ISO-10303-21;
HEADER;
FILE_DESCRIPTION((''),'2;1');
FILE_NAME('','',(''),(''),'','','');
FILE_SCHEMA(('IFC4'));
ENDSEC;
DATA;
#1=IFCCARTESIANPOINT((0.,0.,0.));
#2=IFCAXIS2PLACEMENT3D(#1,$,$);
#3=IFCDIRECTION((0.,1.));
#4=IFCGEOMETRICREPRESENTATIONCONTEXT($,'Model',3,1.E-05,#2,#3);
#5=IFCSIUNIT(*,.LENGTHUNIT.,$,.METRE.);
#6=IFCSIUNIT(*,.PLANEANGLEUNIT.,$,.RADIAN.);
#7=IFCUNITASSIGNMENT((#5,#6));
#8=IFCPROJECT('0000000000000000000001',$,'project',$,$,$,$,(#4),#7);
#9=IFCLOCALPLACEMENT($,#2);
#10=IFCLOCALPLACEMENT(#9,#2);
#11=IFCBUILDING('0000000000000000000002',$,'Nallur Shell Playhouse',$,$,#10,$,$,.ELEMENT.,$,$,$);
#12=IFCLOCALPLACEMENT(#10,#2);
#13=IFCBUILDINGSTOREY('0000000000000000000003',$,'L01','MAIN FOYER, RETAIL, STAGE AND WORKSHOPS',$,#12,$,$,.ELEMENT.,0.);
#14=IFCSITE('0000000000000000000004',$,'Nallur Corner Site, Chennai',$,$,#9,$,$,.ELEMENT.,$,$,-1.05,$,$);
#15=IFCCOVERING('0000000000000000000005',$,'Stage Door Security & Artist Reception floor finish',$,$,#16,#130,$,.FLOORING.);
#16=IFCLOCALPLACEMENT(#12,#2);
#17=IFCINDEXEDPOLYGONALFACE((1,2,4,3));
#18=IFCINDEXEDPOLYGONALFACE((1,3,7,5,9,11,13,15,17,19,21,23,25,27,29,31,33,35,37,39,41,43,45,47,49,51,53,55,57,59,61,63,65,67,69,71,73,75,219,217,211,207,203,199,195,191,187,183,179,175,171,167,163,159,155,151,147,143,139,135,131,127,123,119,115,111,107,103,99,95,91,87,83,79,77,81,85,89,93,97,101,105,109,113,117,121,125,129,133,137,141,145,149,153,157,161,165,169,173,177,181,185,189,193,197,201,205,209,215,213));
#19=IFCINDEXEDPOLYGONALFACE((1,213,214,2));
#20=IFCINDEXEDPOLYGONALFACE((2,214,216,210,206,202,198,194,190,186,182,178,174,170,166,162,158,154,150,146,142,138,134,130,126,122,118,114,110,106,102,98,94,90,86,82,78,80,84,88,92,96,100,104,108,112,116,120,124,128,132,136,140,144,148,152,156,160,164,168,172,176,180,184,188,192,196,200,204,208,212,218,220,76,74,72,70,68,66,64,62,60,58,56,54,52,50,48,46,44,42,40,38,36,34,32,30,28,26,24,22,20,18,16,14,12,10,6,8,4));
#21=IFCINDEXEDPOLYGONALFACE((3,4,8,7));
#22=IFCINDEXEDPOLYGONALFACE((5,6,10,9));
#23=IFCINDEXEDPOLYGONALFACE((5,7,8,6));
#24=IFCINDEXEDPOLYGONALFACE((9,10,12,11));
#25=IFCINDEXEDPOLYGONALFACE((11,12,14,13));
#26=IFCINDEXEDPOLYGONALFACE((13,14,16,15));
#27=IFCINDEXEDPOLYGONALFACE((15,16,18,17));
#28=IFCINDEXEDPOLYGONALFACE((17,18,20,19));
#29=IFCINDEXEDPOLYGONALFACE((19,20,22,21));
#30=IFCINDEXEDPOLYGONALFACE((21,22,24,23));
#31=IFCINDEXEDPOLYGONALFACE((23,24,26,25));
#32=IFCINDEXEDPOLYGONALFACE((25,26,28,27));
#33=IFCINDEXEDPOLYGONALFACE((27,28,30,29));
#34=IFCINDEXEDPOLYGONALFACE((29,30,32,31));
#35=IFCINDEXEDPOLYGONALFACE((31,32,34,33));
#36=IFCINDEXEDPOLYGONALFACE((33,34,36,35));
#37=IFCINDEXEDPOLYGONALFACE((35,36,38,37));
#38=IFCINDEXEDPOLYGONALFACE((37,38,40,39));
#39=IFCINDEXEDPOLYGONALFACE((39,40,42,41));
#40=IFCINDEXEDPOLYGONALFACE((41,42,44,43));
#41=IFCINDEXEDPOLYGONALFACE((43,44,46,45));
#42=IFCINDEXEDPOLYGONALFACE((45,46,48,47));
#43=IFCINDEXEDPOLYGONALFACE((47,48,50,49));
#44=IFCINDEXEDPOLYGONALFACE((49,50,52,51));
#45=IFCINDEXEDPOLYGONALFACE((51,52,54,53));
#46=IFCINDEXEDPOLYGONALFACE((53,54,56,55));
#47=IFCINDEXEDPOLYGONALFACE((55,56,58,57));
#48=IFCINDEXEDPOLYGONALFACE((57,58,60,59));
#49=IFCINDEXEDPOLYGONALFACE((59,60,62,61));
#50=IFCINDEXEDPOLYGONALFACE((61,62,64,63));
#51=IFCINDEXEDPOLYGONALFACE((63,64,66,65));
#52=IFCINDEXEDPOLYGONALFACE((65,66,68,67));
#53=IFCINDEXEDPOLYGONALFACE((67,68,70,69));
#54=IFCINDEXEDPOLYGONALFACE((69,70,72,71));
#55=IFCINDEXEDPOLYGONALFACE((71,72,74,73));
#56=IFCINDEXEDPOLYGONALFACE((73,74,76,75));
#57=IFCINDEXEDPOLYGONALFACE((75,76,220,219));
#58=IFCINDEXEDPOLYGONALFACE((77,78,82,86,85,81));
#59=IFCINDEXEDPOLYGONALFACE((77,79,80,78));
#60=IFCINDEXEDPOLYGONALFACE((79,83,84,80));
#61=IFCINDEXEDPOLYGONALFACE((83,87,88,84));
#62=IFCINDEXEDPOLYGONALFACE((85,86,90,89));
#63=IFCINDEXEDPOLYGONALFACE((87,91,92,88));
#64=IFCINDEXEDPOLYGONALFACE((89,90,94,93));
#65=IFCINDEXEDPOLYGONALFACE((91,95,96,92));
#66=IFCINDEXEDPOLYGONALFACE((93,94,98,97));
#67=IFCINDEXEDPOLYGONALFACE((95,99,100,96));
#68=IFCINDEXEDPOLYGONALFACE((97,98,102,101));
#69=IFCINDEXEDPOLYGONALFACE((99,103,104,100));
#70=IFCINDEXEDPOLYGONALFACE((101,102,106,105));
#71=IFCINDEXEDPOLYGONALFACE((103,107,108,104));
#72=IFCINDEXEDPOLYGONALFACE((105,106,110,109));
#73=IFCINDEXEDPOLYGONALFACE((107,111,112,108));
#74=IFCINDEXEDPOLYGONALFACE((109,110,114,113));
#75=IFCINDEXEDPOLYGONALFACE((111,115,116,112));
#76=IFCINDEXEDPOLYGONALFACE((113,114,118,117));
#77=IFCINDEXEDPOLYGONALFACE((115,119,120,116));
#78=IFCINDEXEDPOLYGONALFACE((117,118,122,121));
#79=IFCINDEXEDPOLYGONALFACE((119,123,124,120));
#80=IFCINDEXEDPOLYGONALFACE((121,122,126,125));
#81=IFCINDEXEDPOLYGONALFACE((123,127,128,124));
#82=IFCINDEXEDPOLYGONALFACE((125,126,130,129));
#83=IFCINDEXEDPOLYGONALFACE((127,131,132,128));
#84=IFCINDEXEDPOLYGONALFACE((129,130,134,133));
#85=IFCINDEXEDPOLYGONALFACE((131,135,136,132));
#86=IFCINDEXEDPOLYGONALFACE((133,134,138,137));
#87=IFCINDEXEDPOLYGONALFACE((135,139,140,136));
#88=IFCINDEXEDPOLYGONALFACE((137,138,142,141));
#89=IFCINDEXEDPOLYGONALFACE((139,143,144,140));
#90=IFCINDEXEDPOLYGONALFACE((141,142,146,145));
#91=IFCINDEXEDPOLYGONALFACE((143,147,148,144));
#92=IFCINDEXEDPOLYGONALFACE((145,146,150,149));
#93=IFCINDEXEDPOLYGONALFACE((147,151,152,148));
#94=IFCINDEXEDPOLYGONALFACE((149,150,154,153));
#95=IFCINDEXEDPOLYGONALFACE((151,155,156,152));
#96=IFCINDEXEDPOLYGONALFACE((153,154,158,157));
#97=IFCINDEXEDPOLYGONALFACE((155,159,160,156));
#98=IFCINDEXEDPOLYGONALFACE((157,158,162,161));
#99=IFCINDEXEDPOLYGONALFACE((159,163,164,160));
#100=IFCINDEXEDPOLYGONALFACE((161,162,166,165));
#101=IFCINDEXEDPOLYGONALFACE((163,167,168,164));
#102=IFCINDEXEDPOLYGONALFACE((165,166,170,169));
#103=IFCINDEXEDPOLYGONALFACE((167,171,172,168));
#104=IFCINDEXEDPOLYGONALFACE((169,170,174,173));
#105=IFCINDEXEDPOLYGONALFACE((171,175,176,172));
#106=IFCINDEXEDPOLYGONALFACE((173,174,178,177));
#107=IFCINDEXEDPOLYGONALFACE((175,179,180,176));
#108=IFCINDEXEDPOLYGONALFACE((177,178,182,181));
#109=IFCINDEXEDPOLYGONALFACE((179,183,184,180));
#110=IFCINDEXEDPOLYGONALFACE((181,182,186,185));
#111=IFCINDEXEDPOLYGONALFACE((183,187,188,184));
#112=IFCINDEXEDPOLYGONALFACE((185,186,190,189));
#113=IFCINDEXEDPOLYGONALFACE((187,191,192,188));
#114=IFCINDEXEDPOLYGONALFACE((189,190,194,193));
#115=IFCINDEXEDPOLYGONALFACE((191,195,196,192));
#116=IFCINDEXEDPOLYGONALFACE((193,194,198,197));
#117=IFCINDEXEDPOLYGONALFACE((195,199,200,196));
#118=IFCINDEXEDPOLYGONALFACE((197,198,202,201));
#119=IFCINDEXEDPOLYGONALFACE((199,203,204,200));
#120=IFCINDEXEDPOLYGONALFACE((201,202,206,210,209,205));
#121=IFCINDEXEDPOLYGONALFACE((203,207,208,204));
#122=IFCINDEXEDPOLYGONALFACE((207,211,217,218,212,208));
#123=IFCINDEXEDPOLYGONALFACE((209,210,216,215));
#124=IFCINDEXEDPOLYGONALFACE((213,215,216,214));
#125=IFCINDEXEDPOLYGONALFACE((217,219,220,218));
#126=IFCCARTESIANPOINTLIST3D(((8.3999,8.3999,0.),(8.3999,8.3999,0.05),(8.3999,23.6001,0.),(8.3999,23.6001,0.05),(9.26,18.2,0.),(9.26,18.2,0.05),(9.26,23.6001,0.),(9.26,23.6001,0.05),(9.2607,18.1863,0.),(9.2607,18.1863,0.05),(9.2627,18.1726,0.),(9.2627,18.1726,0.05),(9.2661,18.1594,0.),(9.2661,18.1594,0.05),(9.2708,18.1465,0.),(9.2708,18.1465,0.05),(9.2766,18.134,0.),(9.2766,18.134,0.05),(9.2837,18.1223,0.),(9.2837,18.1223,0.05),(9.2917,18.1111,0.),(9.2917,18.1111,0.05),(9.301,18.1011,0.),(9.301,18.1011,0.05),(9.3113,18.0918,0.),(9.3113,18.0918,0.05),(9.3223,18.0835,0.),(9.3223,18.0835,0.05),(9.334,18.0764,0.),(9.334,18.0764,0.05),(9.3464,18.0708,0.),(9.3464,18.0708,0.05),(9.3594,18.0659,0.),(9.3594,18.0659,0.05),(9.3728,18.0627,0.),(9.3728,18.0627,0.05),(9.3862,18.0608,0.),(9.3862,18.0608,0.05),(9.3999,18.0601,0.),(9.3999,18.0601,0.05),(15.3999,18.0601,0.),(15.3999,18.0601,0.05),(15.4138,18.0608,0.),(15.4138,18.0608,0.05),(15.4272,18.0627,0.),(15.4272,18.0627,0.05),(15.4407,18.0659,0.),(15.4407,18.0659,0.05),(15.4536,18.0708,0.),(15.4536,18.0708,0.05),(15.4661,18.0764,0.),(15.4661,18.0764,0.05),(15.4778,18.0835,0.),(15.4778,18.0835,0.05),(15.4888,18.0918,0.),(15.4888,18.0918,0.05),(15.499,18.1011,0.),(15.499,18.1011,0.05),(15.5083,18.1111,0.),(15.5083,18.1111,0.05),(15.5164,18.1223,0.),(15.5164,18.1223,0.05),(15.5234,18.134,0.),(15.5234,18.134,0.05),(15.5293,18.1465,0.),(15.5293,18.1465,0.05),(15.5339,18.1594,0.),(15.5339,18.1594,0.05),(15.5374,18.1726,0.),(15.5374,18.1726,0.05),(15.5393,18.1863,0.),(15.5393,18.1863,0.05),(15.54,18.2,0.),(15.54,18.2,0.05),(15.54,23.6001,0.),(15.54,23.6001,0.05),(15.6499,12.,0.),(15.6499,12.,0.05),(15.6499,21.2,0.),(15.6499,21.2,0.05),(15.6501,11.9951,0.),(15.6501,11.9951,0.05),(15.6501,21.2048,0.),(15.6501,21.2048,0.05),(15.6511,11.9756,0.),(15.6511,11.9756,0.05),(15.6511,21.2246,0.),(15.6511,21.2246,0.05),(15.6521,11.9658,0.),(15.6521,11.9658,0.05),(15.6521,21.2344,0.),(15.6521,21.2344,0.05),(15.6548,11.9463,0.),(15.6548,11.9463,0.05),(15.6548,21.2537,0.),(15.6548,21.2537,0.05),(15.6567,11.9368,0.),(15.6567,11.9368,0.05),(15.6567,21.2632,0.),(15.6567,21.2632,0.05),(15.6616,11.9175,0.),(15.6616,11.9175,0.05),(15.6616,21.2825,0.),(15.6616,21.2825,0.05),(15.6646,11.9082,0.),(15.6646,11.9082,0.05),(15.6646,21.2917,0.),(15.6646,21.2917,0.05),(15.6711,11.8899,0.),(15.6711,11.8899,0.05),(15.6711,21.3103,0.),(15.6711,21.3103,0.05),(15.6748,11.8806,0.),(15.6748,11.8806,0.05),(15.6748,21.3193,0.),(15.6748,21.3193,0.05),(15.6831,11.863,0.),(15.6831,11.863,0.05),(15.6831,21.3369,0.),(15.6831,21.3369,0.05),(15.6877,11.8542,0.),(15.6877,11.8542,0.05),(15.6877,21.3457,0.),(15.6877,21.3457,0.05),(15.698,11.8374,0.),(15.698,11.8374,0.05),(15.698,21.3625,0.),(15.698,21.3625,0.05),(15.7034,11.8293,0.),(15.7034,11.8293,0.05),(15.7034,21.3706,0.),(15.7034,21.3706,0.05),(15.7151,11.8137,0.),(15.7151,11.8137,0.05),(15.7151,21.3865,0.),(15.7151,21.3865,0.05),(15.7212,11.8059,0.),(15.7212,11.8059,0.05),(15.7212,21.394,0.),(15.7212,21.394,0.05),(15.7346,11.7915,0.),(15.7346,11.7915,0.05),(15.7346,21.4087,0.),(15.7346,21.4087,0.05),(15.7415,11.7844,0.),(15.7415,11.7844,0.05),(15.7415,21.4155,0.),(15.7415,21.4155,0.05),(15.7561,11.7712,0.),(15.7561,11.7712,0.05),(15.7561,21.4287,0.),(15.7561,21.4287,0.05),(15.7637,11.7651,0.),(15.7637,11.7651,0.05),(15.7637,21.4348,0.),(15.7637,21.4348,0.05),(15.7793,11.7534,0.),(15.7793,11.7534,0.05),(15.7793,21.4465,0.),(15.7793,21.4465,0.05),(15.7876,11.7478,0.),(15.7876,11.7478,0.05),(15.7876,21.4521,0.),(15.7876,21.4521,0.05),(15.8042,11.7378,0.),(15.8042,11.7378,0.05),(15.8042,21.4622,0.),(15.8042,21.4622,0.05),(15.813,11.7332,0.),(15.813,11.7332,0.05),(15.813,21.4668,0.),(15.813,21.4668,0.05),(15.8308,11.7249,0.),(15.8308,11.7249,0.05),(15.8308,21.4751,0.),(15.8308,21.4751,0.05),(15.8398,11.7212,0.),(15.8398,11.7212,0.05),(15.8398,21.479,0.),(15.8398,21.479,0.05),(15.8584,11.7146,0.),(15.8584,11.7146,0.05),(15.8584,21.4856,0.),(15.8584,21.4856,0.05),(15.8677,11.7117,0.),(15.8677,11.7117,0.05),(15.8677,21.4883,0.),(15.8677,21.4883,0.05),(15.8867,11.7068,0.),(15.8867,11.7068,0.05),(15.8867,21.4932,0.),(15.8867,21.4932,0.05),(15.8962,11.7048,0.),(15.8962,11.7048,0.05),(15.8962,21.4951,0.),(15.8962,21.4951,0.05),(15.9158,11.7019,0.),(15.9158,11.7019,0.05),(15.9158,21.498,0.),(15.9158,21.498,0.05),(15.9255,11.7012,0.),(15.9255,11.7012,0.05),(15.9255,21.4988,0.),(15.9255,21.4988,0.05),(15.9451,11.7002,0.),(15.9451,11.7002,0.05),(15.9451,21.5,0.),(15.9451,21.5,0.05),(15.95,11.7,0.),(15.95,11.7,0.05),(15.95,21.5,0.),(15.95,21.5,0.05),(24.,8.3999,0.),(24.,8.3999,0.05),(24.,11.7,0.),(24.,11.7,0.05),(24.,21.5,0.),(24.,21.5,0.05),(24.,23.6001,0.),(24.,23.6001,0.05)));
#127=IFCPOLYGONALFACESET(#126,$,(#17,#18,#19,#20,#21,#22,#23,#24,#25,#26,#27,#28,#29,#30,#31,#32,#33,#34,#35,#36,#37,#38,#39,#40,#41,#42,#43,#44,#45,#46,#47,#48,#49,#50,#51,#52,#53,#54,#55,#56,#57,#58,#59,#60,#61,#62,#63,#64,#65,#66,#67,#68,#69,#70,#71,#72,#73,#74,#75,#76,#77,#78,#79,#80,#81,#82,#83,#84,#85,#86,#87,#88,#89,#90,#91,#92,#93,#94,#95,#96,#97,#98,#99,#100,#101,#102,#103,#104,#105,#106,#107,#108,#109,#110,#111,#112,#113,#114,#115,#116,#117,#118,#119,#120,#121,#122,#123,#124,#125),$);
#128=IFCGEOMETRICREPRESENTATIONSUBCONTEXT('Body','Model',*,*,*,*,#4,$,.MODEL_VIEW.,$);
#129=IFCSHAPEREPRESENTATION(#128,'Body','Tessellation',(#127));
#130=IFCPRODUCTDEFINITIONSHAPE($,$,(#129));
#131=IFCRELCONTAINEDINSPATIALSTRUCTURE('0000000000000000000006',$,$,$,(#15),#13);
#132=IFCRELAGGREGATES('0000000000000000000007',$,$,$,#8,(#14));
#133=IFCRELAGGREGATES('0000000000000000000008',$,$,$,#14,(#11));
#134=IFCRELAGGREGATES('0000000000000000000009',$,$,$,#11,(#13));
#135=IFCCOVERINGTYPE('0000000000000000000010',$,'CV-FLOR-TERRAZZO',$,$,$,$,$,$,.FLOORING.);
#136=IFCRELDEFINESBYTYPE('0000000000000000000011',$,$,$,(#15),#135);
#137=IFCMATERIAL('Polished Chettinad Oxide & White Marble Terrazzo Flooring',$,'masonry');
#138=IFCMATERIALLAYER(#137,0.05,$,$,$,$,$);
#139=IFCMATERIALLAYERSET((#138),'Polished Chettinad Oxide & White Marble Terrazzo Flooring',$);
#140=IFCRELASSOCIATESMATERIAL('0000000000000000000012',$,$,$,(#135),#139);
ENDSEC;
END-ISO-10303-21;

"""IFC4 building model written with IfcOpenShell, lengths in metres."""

from ifc_helpers import new_model, si_unit, direction, origin, place, context, subcontext, project, spatial, polyline, outline, extrude, material, layer, layer_set, type_object, element, save


model = new_model("IFC4")

# Units and contexts
model_context = context("Model", 3, precision=1e-05, world=origin(), true_north=direction((0.0, 1.0)))
body_context = subcontext(model_context, "Body", "Model", "MODEL_VIEW")
ifc_project = project(units=[si_unit("LENGTHUNIT", "METRE"), si_unit("PLANEANGLEUNIT", "RADIAN")], contexts=[model_context])

# Site, building, storey
site_placement = place(None, origin())
site = spatial("IfcSite", under=ifc_project, at=site_placement, Name="Nallur Corner Site, Chennai", CompositionType="ELEMENT", RefElevation=-1.05)
building_placement = place(site_placement, origin())
building = spatial("IfcBuilding", under=site, at=building_placement, Name="Nallur Shell Playhouse", CompositionType="ELEMENT")
storey_placement = place(building_placement, origin())
storey = spatial("IfcBuildingStorey", under=building, at=storey_placement, Name="L01", Description="MAIN FOYER, RETAIL, STAGE AND WORKSHOPS", CompositionType="ELEMENT", Elevation=0.0)

# Covering
ifc_material_1 = material(Name="Polished Chettinad Oxide & White Marble Terrazzo Flooring", Category="masonry")
ifc_layer_1 = layer(ifc_material_1, 0.05)
ifc_layer_set_1 = layer_set([ifc_layer_1], Name="Polished Chettinad Oxide & White Marble Terrazzo Flooring")
covering_type_1 = type_object("IfcCoveringType", Name="CV-FLOR-TERRAZZO", PredefinedType="FLOORING", material=ifc_layer_set_1)
covering_1_placement = place(storey_placement, origin())
element("IfcCovering", 1, at=covering_1_placement, inside=storey, type_object=covering_type_1, Name="Stage Door Security & Artist Reception floor finish", PredefinedType="FLOORING", context=body_context, shape_type="SweptSolid", body=[
    extrude(outline(polyline([(15.8398, 21.479), (15.8308, 21.4751), (15.813, 21.4668), (15.8042, 21.4622), (15.7876, 21.4521), (15.7793, 21.4465), (15.7637, 21.4348), (15.7561, 21.4287), (15.7415, 21.4155), (15.7346, 21.4087), (15.7212, 21.394), (15.7151, 21.3865), (15.7034, 21.3706), (15.698, 21.3625), (15.6877, 21.3457), (15.6831, 21.3369), (15.6748, 21.3193), (15.6711, 21.3103), (15.6646, 21.2917), (15.6616, 21.2825), (15.6567, 21.2632), (15.6548, 21.2537), (15.6521, 21.2344), (15.6511, 21.2246), (15.6501, 21.2048), (15.6499, 21.2), (15.6499, 12.0), (15.6501, 11.9951), (15.6511, 11.9756), (15.6521, 11.9658), (15.6548, 11.9463), (15.6567, 11.9368), (15.6616, 11.9175), (15.6646, 11.9082), (15.6711, 11.8899), (15.6748, 11.8806), (15.6831, 11.863), (15.6877, 11.8542), (15.698, 11.8374), (15.7034, 11.8293), (15.7151, 11.8137), (15.7212, 11.8059), (15.7346, 11.7915), (15.7415, 11.7844), (15.7561, 11.7712), (15.7637, 11.7651), (15.7793, 11.7534), (15.7876, 11.7478), (15.8042, 11.7378), (15.813, 11.7332), (15.8308, 11.7249), (15.8398, 11.7212), (15.8584, 11.7146), (15.8677, 11.7117), (15.8867, 11.7068), (15.8962, 11.7048), (15.9158, 11.7019), (15.9255, 11.7012), (15.9451, 11.7002), (15.95, 11.7), (24.0, 11.7), (24.0, 8.3999), (8.3999, 8.3999), (8.3999, 23.6001), (9.26, 23.6001), (9.26, 18.2), (9.2607, 18.1863), (9.2627, 18.1726), (9.2661, 18.1594), (9.2708, 18.1465), (9.2766, 18.134), (9.2837, 18.1223), (9.2917, 18.1111), (9.301, 18.1011), (9.3113, 18.0918), (9.3223, 18.0835), (9.334, 18.0764), (9.3464, 18.0708), (9.3594, 18.0659), (9.3728, 18.0627), (9.3862, 18.0608), (9.3999, 18.0601), (15.3999, 18.0601), (15.4138, 18.0608), (15.4272, 18.0627), (15.4407, 18.0659), (15.4536, 18.0708), (15.4661, 18.0764), (15.4778, 18.0835), (15.4888, 18.0918), (15.499, 18.1011), (15.5083, 18.1111), (15.5164, 18.1223), (15.5234, 18.134), (15.5293, 18.1465), (15.5339, 18.1594), (15.5374, 18.1726), (15.5393, 18.1863), (15.54, 18.2), (15.54, 23.6001), (24.0, 23.6001), (24.0, 21.5), (15.95, 21.5), (15.9451, 21.5), (15.9255, 21.4988), (15.9158, 21.498), (15.8962, 21.4951), (15.8867, 21.4932), (15.8677, 21.4883), (15.8584, 21.4856), (15.8398, 21.479)])), origin(), (0.0, 0.0, 1.0), 0.05),
])

save(model, "model.ifc")
